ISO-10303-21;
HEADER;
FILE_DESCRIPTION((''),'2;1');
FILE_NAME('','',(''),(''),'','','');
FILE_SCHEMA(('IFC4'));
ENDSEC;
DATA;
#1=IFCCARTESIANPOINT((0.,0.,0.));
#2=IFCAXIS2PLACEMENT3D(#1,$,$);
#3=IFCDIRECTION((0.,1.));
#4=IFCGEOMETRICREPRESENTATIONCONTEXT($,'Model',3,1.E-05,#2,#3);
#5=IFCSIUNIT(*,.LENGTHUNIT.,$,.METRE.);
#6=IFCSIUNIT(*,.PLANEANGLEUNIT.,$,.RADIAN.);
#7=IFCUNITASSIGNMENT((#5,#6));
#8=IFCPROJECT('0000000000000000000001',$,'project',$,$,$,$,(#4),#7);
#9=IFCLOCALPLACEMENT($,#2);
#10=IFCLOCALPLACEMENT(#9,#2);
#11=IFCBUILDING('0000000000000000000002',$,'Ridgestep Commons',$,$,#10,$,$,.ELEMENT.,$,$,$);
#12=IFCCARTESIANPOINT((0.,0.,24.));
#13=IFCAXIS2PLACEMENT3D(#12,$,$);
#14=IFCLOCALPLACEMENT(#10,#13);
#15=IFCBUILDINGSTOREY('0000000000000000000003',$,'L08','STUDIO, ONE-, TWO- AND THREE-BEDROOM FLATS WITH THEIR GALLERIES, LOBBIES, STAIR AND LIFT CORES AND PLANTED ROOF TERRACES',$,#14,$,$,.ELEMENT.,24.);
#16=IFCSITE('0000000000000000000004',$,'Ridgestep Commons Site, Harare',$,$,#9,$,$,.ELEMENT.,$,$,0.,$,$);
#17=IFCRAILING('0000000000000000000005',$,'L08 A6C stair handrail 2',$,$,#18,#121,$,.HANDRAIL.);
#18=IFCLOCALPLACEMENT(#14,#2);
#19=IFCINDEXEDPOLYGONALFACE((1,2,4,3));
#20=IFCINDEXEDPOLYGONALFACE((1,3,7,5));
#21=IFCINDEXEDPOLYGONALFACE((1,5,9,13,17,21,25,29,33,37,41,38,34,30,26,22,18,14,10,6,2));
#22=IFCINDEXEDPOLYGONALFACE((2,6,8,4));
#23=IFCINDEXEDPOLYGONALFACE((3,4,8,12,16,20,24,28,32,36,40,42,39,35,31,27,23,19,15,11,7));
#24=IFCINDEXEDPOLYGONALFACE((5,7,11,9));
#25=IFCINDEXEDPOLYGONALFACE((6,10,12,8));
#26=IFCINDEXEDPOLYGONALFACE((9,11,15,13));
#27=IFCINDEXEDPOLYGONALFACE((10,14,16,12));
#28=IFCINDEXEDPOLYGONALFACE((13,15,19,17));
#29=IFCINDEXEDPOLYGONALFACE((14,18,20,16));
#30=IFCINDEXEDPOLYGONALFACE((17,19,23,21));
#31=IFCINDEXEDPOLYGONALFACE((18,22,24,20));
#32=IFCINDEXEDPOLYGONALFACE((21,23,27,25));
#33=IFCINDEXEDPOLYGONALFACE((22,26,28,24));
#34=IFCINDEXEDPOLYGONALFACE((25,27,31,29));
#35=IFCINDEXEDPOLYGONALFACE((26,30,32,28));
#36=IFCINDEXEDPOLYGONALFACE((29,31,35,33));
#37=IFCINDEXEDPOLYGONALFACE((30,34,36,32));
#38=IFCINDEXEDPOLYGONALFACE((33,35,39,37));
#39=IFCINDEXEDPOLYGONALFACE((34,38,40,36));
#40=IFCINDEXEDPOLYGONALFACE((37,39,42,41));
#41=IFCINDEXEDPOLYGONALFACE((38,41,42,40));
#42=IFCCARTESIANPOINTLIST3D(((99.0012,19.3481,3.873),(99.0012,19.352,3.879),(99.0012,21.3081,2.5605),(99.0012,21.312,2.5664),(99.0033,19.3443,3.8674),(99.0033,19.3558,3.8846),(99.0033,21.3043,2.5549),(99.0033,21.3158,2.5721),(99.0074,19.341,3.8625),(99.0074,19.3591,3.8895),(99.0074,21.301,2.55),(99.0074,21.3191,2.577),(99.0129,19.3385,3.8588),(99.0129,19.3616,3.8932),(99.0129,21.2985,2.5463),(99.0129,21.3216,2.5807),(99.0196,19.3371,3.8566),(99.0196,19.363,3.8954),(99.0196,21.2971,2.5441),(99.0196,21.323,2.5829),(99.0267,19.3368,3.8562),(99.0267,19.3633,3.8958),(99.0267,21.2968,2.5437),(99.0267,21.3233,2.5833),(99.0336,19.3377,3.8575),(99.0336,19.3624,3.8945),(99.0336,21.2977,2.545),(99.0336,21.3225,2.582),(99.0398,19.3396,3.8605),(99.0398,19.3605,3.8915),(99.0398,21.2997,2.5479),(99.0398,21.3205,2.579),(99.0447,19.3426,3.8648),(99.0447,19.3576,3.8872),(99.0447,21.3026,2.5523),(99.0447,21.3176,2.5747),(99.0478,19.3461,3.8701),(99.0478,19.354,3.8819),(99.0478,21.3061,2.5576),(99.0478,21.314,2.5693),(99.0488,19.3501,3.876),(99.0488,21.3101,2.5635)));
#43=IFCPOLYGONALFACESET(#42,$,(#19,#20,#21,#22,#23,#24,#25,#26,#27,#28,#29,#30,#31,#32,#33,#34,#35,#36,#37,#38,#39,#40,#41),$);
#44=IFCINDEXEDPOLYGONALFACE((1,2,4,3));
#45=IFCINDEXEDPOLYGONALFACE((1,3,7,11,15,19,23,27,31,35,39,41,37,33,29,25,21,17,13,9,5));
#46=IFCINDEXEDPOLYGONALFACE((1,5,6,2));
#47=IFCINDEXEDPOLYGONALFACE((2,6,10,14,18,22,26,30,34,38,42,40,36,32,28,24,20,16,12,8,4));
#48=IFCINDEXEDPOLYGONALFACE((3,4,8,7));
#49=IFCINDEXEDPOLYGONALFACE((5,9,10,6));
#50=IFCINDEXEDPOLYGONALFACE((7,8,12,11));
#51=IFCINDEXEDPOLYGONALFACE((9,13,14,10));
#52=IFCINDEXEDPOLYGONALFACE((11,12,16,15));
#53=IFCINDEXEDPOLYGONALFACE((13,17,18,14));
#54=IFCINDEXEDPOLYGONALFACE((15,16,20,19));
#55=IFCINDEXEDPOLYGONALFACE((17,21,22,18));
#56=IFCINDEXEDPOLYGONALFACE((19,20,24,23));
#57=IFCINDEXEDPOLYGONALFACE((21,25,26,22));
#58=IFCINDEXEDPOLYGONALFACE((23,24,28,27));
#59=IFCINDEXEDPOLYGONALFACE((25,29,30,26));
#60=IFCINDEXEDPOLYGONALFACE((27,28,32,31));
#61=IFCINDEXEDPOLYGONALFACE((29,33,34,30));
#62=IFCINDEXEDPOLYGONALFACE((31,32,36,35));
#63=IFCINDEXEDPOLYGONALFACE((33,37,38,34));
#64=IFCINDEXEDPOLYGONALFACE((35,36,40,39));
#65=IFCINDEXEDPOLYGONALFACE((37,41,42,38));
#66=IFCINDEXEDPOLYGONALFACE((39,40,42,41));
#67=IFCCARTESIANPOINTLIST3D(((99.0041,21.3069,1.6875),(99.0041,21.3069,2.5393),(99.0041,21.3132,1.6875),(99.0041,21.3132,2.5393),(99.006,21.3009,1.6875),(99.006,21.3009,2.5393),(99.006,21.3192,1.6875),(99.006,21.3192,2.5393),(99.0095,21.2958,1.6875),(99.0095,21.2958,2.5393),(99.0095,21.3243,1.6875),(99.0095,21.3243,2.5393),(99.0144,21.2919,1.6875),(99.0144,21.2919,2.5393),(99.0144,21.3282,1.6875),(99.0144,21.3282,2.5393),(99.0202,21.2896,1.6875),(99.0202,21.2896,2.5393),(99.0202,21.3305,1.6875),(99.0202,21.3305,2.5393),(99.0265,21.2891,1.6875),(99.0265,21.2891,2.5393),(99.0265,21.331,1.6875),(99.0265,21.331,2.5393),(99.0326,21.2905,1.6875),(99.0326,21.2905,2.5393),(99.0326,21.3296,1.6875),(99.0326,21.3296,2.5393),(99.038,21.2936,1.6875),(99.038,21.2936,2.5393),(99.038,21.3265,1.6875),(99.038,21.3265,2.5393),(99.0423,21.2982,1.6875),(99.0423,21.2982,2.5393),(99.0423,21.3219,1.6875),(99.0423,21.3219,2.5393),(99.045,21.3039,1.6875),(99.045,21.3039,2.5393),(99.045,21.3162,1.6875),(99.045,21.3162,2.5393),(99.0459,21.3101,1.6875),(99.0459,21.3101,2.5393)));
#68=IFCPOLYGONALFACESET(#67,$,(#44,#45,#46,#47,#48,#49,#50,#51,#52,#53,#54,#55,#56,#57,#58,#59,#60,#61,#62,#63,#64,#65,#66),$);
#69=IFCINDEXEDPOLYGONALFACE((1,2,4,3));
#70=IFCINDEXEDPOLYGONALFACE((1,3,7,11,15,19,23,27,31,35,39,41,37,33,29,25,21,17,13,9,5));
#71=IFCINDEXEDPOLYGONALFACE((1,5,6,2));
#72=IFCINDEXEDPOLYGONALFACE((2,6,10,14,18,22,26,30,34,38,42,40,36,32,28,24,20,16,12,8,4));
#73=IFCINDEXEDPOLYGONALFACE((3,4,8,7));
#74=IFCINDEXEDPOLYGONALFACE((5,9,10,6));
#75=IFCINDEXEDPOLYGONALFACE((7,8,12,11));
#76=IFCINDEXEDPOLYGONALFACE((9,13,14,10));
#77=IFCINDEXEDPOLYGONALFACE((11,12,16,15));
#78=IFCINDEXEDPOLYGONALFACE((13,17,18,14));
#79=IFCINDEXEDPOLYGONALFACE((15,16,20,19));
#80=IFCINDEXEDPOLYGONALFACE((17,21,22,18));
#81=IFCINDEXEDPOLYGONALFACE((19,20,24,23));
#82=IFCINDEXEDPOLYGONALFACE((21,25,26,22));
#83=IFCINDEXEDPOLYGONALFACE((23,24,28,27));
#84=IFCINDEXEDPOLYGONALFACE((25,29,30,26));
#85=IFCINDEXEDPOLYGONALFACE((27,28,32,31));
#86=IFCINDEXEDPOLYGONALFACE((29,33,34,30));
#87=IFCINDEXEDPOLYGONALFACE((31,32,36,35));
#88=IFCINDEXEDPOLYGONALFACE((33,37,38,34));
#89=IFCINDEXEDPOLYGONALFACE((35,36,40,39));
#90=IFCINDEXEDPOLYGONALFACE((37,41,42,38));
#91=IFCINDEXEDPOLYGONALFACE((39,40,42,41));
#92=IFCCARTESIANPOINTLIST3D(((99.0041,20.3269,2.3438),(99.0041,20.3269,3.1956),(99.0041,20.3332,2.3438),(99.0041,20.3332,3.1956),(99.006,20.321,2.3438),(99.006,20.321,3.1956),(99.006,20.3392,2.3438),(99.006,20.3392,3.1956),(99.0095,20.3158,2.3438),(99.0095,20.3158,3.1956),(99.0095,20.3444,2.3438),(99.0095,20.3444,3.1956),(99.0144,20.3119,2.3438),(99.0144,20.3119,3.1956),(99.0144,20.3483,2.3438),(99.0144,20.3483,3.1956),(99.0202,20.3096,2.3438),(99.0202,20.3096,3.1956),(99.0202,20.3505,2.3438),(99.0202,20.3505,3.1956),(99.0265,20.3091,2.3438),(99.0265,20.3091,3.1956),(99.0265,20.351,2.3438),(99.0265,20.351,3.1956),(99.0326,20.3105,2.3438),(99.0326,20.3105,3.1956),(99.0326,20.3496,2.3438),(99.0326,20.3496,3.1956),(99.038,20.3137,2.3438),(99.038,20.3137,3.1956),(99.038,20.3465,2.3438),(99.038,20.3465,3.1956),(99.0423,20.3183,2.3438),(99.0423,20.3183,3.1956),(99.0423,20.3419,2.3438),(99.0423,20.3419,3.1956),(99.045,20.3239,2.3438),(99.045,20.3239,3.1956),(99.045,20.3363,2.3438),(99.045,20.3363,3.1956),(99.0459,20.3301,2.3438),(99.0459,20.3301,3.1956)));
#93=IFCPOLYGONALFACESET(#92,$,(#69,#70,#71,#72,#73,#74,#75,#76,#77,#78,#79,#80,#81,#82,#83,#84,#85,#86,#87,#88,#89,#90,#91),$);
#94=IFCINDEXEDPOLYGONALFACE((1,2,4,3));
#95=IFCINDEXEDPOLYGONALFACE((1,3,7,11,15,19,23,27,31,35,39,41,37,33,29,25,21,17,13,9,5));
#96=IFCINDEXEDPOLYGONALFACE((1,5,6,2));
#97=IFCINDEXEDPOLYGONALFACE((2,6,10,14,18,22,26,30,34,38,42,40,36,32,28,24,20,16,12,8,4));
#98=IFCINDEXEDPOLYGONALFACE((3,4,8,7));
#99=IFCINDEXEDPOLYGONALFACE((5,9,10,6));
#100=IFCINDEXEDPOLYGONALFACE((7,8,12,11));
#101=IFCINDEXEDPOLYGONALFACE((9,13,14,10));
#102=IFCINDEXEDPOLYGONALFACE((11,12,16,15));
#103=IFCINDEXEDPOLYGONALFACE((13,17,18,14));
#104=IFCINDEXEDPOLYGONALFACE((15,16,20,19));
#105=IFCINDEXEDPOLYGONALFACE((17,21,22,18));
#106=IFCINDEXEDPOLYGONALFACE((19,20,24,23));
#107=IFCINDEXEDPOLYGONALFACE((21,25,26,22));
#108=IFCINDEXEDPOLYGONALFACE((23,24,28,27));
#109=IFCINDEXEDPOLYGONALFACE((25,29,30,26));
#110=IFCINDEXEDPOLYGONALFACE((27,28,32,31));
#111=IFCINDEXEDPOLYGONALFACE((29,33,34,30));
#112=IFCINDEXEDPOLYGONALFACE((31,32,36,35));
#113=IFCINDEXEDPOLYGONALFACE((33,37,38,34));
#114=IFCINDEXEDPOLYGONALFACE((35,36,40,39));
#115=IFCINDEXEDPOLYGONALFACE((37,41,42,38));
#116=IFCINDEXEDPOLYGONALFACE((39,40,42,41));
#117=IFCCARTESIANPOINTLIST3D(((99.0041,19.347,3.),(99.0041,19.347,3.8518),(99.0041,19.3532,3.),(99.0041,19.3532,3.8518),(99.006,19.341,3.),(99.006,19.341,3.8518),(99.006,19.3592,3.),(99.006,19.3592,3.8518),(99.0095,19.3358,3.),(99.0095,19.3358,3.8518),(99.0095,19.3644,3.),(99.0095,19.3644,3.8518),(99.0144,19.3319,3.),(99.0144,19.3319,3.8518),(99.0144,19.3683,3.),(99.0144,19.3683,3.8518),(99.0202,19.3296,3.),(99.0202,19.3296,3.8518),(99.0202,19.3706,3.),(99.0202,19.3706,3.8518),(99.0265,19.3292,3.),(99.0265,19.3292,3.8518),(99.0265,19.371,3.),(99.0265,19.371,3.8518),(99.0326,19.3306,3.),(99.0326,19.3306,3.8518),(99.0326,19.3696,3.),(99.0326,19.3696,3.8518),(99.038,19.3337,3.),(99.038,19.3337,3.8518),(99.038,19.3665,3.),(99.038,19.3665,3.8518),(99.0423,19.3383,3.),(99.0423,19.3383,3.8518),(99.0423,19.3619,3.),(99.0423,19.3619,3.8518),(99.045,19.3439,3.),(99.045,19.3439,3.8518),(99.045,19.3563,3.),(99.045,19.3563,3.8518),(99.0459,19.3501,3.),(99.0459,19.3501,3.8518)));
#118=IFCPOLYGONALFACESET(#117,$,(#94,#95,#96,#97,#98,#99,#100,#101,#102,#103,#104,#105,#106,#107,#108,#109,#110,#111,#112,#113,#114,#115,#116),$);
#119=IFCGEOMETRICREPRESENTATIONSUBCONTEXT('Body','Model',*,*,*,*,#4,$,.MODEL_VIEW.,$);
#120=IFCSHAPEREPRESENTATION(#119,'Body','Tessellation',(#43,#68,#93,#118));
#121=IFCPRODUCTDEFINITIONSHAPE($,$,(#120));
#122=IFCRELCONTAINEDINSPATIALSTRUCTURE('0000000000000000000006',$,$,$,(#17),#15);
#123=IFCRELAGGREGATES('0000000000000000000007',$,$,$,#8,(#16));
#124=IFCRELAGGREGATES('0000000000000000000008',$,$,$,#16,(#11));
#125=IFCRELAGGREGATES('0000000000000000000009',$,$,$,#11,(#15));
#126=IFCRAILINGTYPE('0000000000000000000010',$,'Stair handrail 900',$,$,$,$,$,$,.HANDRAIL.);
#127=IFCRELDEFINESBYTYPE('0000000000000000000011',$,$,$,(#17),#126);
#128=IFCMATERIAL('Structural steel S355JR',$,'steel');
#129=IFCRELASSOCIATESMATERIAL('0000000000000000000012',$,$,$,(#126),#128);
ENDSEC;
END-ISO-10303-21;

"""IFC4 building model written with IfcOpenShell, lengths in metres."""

from ifc_helpers import new_model, si_unit, direction, frame, origin, origin_2d, place, context, subcontext, project, spatial, circle, extrude, material, type_object, element, save


model = new_model("IFC4")

# Units and contexts
model_context = context("Model", 3, precision=1e-05, world=origin(), true_north=direction((0.0, 1.0)))
body_context = subcontext(model_context, "Body", "Model", "MODEL_VIEW")
ifc_project = project(units=[si_unit("LENGTHUNIT", "METRE"), si_unit("PLANEANGLEUNIT", "RADIAN")], contexts=[model_context])

# Site, building, storey
site_placement = place(None, origin())
site = spatial("IfcSite", under=ifc_project, at=site_placement, Name="Ridgestep Commons Site, Harare", CompositionType="ELEMENT", RefElevation=0.0)
building_placement = place(site_placement, origin())
building = spatial("IfcBuilding", under=site, at=building_placement, Name="Ridgestep Commons", CompositionType="ELEMENT")
storey_placement = place(building_placement, frame((0.0, 0.0, 24.0)))
storey = spatial("IfcBuildingStorey", under=building, at=storey_placement, Name="L08", Description="STUDIO, ONE-, TWO- AND THREE-BEDROOM FLATS WITH THEIR GALLERIES, LOBBIES, STAIR AND LIFT CORES AND PLANTED ROOF TERRACES", CompositionType="ELEMENT", Elevation=24.0)

# Railing
ifc_material_1 = material(Name="Structural steel S355JR", Category="steel")
railing_type_1 = type_object("IfcRailingType", Name="Stair handrail 900", PredefinedType="HANDRAIL", material=ifc_material_1)
railing_1_placement = place(storey_placement, frame((99.0249, 21.3101, 1.6875)))
element("IfcRailing", 1, at=railing_1_placement, inside=storey, type_object=railing_type_1, Name="L08 A6C stair handrail 2", PredefinedType="HANDRAIL", context=body_context, shape_type="SweptSolid", body=[
    extrude(circle(Radius=0.0239, at=origin_2d()), frame((0.0, 0.0, 0.876), z_axis=(0.0, -0.830902, 0.556419), x_axis=(1.0, 0.0, 0.0)), (0.0, 0.0, 1.0), 2.3589),
    extrude(circle(Radius=0.021, at=origin_2d()), origin(), (0.0, 0.0, 1.0), 0.8518),
    extrude(circle(Radius=0.021, at=origin_2d()), frame((0.0, -0.98, 0.6562)), (0.0, 0.0, 1.0), 0.8518),
    extrude(circle(Radius=0.021, at=origin_2d()), frame((0.0, -1.96, 1.3125)), (0.0, 0.0, 1.0), 0.8518),
])

save(model, "model.ifc")
